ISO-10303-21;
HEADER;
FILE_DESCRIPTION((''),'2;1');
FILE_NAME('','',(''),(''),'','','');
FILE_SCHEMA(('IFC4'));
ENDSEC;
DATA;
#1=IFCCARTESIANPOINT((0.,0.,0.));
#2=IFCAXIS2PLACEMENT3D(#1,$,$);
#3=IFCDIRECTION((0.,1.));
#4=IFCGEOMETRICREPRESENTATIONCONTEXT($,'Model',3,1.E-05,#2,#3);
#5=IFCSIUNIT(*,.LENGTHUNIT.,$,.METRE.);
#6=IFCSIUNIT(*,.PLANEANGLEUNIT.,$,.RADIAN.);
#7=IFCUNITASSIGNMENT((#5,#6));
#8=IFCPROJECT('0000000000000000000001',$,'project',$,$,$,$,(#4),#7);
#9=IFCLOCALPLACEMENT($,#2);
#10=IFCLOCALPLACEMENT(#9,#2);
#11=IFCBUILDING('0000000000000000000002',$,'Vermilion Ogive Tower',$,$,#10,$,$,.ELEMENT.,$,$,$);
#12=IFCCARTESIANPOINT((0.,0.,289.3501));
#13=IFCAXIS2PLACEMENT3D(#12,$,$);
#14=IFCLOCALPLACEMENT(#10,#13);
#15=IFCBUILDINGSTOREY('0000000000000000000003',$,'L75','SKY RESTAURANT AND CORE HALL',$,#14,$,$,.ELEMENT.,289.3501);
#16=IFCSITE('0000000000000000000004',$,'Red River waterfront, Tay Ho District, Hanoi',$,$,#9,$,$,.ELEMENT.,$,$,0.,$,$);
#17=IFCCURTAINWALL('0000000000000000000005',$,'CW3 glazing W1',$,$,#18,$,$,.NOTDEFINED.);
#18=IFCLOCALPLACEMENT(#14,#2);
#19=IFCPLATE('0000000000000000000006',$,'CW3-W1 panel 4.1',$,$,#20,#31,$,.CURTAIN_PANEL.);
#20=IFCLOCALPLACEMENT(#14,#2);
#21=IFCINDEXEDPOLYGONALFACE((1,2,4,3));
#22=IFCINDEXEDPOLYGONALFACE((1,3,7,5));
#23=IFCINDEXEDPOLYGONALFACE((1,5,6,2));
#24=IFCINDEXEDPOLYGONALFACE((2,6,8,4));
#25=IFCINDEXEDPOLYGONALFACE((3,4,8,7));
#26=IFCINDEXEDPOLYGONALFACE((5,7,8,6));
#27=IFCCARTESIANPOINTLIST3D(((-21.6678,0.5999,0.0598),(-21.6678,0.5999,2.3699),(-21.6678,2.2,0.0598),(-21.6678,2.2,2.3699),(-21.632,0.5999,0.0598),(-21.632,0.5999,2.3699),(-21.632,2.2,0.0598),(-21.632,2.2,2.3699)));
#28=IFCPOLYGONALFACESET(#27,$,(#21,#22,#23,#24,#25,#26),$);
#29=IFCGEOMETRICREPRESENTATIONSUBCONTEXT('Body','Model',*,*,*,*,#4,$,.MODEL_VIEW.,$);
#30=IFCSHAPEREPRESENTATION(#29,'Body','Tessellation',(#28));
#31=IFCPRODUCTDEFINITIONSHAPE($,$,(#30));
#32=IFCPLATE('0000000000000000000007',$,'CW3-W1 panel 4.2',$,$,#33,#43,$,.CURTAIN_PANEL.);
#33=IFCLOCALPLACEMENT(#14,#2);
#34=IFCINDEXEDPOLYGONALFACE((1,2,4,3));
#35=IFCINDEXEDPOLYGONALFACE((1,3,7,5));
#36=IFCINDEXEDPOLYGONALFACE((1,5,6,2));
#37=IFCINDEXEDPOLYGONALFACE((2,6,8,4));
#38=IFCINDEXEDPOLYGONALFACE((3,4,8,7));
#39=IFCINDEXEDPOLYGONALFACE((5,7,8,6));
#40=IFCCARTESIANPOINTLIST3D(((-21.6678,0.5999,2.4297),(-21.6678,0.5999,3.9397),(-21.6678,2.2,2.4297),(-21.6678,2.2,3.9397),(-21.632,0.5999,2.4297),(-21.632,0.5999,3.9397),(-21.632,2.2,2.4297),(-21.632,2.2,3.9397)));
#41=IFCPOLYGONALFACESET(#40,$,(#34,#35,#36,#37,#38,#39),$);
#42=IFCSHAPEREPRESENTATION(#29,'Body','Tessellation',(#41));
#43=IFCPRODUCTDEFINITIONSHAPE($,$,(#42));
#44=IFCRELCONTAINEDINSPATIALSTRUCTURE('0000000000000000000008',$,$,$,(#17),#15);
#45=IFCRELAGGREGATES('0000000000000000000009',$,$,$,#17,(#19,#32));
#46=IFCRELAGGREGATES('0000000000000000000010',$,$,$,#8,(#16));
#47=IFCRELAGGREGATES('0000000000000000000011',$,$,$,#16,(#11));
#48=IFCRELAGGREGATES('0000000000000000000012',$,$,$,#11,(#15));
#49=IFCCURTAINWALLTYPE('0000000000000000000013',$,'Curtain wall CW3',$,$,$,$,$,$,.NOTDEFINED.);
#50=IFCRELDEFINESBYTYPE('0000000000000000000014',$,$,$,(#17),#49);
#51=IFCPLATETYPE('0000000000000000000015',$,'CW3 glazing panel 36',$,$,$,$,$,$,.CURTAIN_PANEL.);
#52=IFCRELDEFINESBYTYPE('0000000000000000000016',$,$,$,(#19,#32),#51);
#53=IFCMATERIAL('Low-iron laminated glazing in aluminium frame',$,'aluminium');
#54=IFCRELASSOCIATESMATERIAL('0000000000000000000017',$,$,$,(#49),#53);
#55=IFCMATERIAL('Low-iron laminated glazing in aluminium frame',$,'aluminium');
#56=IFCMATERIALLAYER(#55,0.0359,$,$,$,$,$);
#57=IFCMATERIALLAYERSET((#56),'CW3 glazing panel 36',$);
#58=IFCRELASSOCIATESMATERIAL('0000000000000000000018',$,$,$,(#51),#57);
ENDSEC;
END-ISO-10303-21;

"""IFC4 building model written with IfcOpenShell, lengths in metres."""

from ifc_helpers import new_model, si_unit, direction, frame, origin, origin_2d, place, context, subcontext, project, spatial, rectangle, extrude, material, layer, layer_set, type_object, element, aggregate, save


model = new_model("IFC4")

# Units and contexts
model_context = context("Model", 3, precision=1e-05, world=origin(), true_north=direction((0.0, 1.0)))
body_context = subcontext(model_context, "Body", "Model", "MODEL_VIEW")
ifc_project = project(units=[si_unit("LENGTHUNIT", "METRE"), si_unit("PLANEANGLEUNIT", "RADIAN")], contexts=[model_context])

# Site, building, storey
site_placement = place(None, origin())
site = spatial("IfcSite", under=ifc_project, at=site_placement, Name="Red River waterfront, Tay Ho District, Hanoi", CompositionType="ELEMENT", RefElevation=0.0)
building_placement = place(site_placement, origin())
building = spatial("IfcBuilding", under=site, at=building_placement, Name="Vermilion Ogive Tower", CompositionType="ELEMENT")
storey_placement = place(building_placement, frame((0.0, 0.0, 289.3501)))
storey = spatial("IfcBuildingStorey", under=building, at=storey_placement, Name="L75", Description="SKY RESTAURANT AND CORE HALL", CompositionType="ELEMENT", Elevation=289.3501)

# Curtain wall, plates
ifc_material_1 = material(Name="Low-iron laminated glazing in aluminium frame", Category="aluminium")
curtain_wall_type = type_object("IfcCurtainWallType", Name="Curtain wall CW3", PredefinedType="NOTDEFINED", material=ifc_material_1)
curtain_wall_placement = place(storey_placement, origin())
curtain_wall = element("IfcCurtainWall", 1, at=curtain_wall_placement, inside=storey, type_object=curtain_wall_type, Name="CW3 glazing W1", PredefinedType="NOTDEFINED")
ifc_material_2 = material(Name="Low-iron laminated glazing in aluminium frame", Category="aluminium")
ifc_layer = layer(ifc_material_2, 0.0359)
ifc_layer_set = layer_set([ifc_layer], Name="CW3 glazing panel 36")
plate_type = type_object("IfcPlateType", Name="CW3 glazing panel 36", PredefinedType="CURTAIN_PANEL", material=ifc_layer_set)
plate_1_placement = place(storey_placement, frame((-21.6499, 1.3999, 0.0598), z_axis=(0.0, 0.0, 1.0), x_axis=(0.0, -1.0, 0.0)))
plate_1 = element("IfcPlate", 2, at=plate_1_placement, type_object=plate_type, Name="CW3-W1 panel 4.1", PredefinedType="CURTAIN_PANEL", context=body_context, shape_type="SweptSolid", body=[
    extrude(rectangle(XDim=1.6001, YDim=0.0359, at=origin_2d()), origin(), (0.0, 0.0, 1.0), 2.3101),
])
plate_2_placement = place(storey_placement, frame((-21.6499, 1.3999, 2.4297), z_axis=(0.0, 0.0, 1.0), x_axis=(0.0, -1.0, 0.0)))
plate_2 = element("IfcPlate", 3, at=plate_2_placement, type_object=plate_type, Name="CW3-W1 panel 4.2", PredefinedType="CURTAIN_PANEL", context=body_context, shape_type="SweptSolid", body=[
    extrude(rectangle(XDim=1.6001, YDim=0.0359, at=origin_2d()), origin(), (0.0, 0.0, 1.0), 1.51),
])
aggregate(curtain_wall, [plate_1, plate_2])

save(model, "model.ifc")
